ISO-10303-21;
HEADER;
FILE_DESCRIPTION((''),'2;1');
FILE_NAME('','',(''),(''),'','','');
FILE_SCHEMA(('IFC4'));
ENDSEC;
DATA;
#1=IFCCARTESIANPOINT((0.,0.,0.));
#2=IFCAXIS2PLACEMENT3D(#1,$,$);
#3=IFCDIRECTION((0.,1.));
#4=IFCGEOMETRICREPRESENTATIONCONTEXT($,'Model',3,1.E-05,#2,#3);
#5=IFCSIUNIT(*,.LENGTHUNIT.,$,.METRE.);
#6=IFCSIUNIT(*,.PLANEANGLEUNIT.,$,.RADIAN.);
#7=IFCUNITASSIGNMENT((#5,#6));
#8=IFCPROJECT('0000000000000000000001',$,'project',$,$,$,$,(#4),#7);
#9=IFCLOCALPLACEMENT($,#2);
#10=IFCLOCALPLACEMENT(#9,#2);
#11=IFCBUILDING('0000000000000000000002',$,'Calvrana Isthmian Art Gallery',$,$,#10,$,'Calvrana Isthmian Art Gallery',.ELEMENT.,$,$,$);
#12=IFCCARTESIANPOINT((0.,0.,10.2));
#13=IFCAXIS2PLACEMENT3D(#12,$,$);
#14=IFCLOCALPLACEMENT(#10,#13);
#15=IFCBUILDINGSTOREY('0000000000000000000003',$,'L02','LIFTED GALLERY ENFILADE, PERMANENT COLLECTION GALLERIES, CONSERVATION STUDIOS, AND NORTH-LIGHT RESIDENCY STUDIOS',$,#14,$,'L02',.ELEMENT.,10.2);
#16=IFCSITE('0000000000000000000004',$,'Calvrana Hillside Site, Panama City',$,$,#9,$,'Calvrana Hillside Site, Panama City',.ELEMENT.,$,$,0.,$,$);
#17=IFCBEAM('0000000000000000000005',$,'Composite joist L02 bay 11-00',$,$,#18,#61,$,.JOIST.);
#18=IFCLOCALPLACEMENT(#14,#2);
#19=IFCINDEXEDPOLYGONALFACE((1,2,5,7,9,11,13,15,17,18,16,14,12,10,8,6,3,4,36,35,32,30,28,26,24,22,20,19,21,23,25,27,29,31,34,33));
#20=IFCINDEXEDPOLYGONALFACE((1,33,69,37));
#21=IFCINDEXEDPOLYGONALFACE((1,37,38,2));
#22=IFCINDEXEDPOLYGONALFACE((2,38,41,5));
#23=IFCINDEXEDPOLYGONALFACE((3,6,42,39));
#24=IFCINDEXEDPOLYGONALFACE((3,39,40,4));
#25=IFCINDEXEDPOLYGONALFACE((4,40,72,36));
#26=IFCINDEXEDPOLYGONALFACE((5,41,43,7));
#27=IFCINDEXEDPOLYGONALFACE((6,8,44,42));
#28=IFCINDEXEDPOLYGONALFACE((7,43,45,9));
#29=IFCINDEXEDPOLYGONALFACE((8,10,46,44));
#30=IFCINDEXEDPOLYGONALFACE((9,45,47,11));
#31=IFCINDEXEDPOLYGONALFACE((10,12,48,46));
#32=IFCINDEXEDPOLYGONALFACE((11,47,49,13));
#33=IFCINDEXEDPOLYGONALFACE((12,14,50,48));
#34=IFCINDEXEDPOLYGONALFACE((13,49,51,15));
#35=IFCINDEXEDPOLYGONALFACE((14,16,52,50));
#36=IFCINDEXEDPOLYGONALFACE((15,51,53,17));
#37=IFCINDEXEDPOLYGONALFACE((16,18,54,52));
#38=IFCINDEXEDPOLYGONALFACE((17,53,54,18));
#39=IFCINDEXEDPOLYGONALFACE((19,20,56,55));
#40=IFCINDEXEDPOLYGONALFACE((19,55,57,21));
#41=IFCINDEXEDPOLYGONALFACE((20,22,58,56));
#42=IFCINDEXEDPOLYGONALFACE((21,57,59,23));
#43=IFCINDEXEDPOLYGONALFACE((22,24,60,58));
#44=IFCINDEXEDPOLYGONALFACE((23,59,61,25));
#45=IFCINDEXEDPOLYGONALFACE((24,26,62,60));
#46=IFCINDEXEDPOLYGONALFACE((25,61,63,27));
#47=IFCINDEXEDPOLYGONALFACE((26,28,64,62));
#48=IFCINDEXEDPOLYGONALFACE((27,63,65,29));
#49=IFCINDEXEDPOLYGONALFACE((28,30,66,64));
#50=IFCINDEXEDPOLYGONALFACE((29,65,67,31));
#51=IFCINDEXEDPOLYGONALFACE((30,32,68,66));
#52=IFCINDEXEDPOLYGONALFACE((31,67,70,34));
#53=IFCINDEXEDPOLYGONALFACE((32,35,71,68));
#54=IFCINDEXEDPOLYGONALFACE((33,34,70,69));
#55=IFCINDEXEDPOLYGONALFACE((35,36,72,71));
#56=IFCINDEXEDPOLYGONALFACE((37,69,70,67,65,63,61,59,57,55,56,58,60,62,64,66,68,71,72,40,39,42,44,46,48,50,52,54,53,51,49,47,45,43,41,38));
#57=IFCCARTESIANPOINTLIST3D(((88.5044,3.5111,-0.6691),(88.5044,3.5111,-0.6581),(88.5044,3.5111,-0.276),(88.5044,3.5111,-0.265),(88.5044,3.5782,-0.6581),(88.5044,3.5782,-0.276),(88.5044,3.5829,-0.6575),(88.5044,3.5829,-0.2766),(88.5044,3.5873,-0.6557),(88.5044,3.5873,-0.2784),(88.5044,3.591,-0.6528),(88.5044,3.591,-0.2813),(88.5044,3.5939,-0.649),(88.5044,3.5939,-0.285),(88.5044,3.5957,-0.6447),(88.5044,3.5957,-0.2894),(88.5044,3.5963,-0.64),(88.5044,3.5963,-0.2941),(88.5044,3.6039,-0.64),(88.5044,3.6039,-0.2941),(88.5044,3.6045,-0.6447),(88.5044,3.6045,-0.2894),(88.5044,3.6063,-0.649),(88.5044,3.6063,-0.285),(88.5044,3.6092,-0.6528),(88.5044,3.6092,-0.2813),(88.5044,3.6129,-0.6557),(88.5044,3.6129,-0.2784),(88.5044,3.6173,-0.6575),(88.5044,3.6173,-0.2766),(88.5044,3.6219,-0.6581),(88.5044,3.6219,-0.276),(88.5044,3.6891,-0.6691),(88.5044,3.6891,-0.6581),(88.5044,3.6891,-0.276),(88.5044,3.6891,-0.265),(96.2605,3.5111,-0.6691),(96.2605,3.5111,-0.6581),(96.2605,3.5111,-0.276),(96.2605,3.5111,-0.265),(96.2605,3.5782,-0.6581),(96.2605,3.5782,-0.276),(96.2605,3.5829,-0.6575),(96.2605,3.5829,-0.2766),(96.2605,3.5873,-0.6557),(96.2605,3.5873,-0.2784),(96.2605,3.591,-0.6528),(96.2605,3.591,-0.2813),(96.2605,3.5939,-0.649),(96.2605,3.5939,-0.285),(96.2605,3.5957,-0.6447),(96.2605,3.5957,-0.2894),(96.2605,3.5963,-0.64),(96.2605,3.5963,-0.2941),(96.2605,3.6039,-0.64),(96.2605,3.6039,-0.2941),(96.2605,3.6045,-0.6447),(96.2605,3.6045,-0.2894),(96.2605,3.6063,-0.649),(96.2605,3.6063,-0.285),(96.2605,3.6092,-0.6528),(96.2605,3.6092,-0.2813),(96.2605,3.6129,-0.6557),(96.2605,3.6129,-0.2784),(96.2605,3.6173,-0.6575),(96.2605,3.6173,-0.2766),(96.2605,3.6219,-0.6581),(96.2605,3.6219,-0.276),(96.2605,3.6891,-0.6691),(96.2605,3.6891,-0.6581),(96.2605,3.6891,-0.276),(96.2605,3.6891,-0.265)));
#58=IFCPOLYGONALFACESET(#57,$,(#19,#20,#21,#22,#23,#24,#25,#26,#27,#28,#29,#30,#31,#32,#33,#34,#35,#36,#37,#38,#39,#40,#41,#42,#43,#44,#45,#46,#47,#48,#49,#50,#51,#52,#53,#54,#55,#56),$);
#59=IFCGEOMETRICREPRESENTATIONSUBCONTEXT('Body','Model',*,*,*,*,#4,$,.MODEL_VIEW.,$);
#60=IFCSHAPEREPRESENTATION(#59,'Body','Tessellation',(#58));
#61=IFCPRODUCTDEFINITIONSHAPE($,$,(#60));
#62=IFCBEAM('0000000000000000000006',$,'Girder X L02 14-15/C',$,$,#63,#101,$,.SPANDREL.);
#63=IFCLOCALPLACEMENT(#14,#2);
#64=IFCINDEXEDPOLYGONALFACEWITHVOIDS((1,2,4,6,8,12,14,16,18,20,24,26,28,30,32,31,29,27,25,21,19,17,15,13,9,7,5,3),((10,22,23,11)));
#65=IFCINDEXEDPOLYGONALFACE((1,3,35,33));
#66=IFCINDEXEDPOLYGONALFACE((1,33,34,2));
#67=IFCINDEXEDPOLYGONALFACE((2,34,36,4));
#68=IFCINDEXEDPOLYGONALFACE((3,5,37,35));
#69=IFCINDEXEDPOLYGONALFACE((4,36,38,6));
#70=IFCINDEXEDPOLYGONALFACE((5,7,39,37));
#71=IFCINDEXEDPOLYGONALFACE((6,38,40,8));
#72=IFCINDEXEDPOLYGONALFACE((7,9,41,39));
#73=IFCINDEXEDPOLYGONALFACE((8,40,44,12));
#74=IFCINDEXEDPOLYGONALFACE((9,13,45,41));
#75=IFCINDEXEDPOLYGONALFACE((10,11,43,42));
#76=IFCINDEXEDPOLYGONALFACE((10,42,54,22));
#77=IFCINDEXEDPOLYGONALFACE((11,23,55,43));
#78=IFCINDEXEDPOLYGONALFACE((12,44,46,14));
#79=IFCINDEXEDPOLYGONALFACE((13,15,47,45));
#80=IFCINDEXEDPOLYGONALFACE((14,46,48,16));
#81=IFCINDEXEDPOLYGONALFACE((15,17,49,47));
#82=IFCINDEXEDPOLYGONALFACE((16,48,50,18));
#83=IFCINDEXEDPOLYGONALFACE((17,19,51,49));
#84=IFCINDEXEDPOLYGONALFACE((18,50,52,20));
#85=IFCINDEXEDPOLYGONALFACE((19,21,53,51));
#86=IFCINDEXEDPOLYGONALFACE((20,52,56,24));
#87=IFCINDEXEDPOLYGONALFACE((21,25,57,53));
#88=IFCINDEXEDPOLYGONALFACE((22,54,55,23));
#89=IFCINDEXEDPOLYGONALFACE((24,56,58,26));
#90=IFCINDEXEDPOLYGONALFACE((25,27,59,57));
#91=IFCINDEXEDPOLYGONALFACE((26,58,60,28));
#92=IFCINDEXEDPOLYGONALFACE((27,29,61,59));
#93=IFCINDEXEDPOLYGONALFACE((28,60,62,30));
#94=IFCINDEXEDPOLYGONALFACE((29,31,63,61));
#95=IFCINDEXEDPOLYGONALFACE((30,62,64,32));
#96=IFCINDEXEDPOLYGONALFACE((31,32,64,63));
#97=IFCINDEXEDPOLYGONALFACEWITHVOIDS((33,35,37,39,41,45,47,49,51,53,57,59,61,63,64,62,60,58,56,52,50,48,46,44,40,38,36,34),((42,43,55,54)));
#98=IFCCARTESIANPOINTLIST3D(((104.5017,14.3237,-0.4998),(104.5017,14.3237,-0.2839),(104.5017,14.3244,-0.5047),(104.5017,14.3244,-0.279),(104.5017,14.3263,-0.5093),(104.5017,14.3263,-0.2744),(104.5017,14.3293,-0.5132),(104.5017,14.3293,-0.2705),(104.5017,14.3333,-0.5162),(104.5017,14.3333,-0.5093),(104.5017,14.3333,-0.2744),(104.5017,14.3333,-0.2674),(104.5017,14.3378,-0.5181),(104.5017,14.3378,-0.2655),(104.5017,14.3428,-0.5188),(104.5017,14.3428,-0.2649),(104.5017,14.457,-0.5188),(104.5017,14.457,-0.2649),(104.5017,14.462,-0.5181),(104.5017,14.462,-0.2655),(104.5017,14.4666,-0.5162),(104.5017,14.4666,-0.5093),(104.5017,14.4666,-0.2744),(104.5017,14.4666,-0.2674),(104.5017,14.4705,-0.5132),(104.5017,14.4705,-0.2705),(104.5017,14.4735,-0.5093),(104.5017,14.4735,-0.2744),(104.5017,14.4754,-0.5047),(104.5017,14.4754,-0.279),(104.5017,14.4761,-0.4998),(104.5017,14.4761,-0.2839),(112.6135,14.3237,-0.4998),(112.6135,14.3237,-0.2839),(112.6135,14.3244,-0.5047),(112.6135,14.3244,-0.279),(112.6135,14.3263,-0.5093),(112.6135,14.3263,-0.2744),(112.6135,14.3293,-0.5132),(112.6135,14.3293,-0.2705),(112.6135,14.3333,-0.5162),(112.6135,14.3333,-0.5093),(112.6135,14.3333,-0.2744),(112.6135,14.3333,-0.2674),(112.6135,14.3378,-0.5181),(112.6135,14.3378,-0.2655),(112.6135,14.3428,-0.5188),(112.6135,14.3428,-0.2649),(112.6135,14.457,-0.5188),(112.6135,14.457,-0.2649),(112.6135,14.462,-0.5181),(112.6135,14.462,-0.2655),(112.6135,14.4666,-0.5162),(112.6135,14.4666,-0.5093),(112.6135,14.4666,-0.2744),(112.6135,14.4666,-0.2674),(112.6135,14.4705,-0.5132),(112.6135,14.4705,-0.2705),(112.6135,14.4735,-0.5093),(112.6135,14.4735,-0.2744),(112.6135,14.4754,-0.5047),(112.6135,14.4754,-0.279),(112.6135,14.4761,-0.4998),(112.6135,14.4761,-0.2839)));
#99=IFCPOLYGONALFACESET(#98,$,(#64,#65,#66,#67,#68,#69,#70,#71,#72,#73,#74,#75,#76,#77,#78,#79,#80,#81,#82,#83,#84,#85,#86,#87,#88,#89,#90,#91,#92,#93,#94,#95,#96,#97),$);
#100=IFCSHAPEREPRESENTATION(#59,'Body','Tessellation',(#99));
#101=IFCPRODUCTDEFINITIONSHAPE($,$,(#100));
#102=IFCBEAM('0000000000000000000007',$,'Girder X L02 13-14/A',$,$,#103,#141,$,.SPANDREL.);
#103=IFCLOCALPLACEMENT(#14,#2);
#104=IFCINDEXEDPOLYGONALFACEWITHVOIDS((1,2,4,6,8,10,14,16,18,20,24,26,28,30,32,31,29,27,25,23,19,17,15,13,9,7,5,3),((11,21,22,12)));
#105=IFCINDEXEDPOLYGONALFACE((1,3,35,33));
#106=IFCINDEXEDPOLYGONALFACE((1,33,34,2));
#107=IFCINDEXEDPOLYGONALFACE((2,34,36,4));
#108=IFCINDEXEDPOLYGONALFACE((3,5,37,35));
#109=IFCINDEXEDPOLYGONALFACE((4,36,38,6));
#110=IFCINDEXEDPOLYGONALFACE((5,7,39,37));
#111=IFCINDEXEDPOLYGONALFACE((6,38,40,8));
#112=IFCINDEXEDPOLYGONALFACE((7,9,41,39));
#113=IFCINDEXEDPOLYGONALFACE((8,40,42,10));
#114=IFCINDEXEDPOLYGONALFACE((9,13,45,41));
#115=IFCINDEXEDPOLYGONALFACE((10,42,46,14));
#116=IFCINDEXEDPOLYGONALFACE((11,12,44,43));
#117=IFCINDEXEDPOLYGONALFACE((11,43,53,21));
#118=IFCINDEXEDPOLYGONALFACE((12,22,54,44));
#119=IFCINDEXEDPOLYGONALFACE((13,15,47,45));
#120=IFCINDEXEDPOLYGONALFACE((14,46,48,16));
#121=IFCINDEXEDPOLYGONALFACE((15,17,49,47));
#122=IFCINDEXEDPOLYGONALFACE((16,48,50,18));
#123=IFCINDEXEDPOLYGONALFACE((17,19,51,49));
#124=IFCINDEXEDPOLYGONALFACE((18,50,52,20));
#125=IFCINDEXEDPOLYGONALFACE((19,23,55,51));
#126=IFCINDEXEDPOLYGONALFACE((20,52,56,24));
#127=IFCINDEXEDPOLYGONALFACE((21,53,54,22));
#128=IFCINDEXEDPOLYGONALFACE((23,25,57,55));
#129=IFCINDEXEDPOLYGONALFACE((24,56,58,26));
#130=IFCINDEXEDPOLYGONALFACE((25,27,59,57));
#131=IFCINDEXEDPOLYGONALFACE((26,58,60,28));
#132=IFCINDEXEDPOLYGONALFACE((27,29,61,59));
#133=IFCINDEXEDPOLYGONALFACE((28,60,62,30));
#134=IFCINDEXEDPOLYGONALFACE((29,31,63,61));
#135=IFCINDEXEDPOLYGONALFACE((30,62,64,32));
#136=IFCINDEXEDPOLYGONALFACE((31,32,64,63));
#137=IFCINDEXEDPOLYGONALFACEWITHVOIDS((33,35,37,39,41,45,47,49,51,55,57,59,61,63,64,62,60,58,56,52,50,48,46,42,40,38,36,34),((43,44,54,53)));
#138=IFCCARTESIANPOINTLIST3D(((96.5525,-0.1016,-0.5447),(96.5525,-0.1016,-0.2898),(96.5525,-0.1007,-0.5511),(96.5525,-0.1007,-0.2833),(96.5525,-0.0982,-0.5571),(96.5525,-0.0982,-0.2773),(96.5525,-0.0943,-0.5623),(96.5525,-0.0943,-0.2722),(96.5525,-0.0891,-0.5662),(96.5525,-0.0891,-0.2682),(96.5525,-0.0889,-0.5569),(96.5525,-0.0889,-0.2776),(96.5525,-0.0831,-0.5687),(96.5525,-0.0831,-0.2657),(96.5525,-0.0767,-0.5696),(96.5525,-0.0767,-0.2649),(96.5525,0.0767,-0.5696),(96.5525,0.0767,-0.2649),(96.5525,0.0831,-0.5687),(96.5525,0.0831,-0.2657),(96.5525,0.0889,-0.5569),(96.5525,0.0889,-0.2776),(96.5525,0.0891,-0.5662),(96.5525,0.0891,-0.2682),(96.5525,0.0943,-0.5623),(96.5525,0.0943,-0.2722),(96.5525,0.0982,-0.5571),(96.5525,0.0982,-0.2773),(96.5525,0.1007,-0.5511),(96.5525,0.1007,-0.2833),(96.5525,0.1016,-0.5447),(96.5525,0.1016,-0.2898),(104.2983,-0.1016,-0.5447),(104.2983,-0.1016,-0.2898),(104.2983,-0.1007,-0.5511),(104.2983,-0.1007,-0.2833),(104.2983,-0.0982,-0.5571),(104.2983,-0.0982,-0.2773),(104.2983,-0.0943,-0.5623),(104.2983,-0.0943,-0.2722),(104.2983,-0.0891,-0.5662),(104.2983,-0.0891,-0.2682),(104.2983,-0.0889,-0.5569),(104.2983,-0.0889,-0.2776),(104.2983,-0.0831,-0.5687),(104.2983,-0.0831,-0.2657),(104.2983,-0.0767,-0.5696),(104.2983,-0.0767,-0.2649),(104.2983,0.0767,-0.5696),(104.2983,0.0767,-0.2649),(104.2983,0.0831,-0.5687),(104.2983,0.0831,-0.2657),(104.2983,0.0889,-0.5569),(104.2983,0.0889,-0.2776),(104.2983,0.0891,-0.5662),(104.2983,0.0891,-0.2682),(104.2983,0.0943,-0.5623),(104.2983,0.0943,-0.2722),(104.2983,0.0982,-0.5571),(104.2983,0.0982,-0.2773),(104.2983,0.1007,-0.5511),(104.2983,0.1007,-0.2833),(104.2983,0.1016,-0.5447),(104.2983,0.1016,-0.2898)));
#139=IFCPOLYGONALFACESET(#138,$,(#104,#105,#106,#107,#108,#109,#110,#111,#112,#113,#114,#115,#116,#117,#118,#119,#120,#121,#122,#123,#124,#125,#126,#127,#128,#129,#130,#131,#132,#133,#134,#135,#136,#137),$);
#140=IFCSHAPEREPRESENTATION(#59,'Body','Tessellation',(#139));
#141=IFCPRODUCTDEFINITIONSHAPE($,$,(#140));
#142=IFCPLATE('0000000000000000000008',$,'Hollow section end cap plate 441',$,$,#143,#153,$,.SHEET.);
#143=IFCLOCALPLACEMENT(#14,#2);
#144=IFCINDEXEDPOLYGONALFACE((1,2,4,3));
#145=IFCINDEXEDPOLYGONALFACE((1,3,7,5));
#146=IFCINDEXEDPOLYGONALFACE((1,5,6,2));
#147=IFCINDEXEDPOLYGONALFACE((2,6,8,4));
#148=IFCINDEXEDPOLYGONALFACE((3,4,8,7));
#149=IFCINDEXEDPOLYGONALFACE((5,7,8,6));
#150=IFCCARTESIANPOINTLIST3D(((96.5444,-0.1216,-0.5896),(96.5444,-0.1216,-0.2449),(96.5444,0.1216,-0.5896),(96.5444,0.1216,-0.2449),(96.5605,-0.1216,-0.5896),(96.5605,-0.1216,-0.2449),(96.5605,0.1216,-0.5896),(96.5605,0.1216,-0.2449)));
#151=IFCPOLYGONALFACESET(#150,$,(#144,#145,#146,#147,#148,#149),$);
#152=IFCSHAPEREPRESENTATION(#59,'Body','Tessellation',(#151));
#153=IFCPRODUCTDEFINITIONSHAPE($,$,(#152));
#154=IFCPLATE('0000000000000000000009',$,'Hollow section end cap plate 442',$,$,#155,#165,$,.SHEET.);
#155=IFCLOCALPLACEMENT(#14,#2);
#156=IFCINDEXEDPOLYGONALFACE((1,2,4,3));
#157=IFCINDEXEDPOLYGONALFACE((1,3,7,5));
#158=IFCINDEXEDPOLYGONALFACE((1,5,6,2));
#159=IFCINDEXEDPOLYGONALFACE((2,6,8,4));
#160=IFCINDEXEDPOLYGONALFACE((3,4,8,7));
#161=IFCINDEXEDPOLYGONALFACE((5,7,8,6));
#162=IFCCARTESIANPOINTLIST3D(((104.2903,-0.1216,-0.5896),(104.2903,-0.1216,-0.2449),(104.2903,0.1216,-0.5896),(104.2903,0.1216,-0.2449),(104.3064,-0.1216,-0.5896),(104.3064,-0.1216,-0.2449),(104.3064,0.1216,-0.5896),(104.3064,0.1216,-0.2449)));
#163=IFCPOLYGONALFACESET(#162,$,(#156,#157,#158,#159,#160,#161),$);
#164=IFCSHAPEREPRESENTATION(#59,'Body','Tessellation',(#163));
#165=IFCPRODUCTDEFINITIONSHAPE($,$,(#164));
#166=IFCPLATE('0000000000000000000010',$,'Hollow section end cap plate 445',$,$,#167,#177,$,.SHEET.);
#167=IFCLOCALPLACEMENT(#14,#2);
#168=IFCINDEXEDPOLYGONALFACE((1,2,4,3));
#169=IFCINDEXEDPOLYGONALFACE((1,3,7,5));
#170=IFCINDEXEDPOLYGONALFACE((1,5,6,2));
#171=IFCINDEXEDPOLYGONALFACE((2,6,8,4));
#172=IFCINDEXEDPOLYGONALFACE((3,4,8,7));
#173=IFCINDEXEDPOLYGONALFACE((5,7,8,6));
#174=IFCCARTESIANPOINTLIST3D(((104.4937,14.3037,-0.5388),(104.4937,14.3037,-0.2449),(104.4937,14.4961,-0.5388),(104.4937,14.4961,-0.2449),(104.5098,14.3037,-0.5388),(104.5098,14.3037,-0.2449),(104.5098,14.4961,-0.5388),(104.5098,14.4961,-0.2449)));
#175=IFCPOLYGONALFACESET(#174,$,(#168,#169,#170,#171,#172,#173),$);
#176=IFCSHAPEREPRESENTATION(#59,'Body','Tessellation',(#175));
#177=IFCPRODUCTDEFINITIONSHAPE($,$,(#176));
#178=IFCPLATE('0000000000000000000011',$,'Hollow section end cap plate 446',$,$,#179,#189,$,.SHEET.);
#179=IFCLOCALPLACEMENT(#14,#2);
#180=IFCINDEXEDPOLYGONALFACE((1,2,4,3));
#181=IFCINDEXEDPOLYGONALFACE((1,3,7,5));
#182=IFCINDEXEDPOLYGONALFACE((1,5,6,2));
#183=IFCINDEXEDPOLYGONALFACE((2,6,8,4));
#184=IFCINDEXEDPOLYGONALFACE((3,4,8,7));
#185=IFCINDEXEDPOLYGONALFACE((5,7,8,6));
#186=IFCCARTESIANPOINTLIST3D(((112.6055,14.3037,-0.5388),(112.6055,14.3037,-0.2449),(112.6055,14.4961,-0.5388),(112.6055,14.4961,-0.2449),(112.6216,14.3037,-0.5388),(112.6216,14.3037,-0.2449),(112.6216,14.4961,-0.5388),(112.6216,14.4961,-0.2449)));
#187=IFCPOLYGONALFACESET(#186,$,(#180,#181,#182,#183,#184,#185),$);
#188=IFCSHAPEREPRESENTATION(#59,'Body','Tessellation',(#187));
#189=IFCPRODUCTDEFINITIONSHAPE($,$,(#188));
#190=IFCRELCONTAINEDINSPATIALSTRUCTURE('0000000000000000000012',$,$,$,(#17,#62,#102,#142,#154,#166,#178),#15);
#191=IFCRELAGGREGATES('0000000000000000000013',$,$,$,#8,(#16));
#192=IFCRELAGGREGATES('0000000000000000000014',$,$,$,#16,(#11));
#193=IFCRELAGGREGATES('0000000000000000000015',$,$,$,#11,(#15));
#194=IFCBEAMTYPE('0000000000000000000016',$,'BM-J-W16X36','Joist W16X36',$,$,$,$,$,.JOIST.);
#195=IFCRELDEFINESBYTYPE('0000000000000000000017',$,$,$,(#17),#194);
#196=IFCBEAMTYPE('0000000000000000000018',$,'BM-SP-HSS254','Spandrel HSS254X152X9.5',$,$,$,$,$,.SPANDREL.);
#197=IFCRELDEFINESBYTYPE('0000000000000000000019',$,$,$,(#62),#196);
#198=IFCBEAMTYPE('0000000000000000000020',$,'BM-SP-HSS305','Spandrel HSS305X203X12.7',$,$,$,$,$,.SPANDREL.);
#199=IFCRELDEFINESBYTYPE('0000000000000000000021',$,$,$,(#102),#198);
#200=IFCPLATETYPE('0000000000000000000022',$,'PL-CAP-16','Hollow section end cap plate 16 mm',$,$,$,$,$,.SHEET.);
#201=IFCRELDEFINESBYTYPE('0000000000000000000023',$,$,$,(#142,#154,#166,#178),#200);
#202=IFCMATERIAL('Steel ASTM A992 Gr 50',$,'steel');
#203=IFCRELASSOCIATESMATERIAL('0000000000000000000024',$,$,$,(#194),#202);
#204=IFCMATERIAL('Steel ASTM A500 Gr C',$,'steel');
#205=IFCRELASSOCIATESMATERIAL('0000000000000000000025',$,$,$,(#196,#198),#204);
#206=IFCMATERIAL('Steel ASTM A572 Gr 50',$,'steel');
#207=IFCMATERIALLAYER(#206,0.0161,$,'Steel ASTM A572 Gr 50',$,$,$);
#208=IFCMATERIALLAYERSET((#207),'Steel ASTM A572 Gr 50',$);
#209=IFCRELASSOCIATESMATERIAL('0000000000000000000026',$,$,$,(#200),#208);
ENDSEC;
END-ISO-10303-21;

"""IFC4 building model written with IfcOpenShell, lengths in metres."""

from ifc_helpers import new_model, si_unit, direction, frame, origin, origin_2d, place, context, subcontext, project, spatial, rectangle, hollow_rectangle, i_section, extrude, material, layer, layer_set, material_profile, profile_set, type_object, element, save


model = new_model("IFC4")

# Units and contexts
model_context = context("Model", 3, precision=1e-05, world=origin(), true_north=direction((0.0, 1.0)))
body_context = subcontext(model_context, "Body", "Model", "MODEL_VIEW")
ifc_project = project(units=[si_unit("LENGTHUNIT", "METRE"), si_unit("PLANEANGLEUNIT", "RADIAN")], contexts=[model_context])

# Site, building, storey
site_placement = place(None, origin())
site = spatial("IfcSite", under=ifc_project, at=site_placement, Name="Calvrana Hillside Site, Panama City", LongName="Calvrana Hillside Site, Panama City", CompositionType="ELEMENT", RefElevation=0.0)
building_placement = place(site_placement, origin())
building = spatial("IfcBuilding", under=site, at=building_placement, Name="Calvrana Isthmian Art Gallery", LongName="Calvrana Isthmian Art Gallery", CompositionType="ELEMENT")
storey_placement = place(building_placement, frame((0.0, 0.0, 10.2)))
storey = spatial("IfcBuildingStorey", under=building, at=storey_placement, Name="L02", Description="LIFTED GALLERY ENFILADE, PERMANENT COLLECTION GALLERIES, CONSERVATION STUDIOS, AND NORTH-LIGHT RESIDENCY STUDIOS", LongName="L02", CompositionType="ELEMENT", Elevation=10.2)

# Beams
ifc_material_1 = material(Name="Steel ASTM A992 Gr 50", Category="steel")
ifc_material_profile_1 = material_profile(ifc_material_1, i_section(OverallWidth=0.178, OverallDepth=0.4041, WebThickness=0.0076, FlangeThickness=0.011, FilletRadius=0.0181, at=origin_2d()), Name="W16X36")
ifc_profile_set_1 = profile_set([ifc_material_profile_1], Name="Steel ASTM A992 Gr 50")
beam_type_1 = type_object("IfcBeamType", Name="BM-J-W16X36", Description="Joist W16X36", PredefinedType="JOIST", material=ifc_profile_set_1)
beam_1_placement = place(storey_placement, frame((88.5044, 3.6001, -0.467), z_axis=(1.0, 0.0, 0.0), x_axis=(0.0, 1.0, 0.0)))
element("IfcBeam", 1, at=beam_1_placement, inside=storey, type_object=beam_type_1, Name="Composite joist L02 bay 11-00", PredefinedType="JOIST", context=body_context, shape_type="SweptSolid", body=[
    extrude(i_section(OverallWidth=0.178, OverallDepth=0.4041, WebThickness=0.0076, FlangeThickness=0.011, FilletRadius=0.0181, at=origin_2d()), origin(), (0.0, 0.0, 1.0), 7.7561),
])
ifc_material_2 = material(Name="Steel ASTM A500 Gr C", Category="steel")
ifc_material_profile_2 = material_profile(ifc_material_2, hollow_rectangle(XDim=0.1523, YDim=0.2539, WallThickness=0.0095, OuterFilletRadius=0.019, at=origin_2d()), Name="HSS254X152X9.5")
ifc_profile_set_2 = profile_set([ifc_material_profile_2], Name="Steel ASTM A500 Gr C")
beam_type_2 = type_object("IfcBeamType", Name="BM-SP-HSS254", Description="Spandrel HSS254X152X9.5", PredefinedType="SPANDREL", material=ifc_profile_set_2)
beam_2_placement = place(storey_placement, frame((104.5017, 14.3999, -0.3918), z_axis=(1.0, 0.0, 0.0), x_axis=(0.0, 1.0, 0.0)))
element("IfcBeam", 2, at=beam_2_placement, inside=storey, type_object=beam_type_2, Name="Girder X L02 14-15/C", PredefinedType="SPANDREL", context=body_context, shape_type="SweptSolid", body=[
    extrude(hollow_rectangle(XDim=0.1523, YDim=0.2539, WallThickness=0.0095, OuterFilletRadius=0.019, at=origin_2d()), origin(), (0.0, 0.0, 1.0), 8.1118),
])
ifc_material_profile_3 = material_profile(ifc_material_2, hollow_rectangle(XDim=0.2031, YDim=0.3047, WallThickness=0.0127, OuterFilletRadius=0.0249, at=origin_2d()), Name="HSS305X203X12.7")
ifc_profile_set_3 = profile_set([ifc_material_profile_3], Name="Steel ASTM A500 Gr C")
beam_type_3 = type_object("IfcBeamType", Name="BM-SP-HSS305", Description="Spandrel HSS305X203X12.7", PredefinedType="SPANDREL", material=ifc_profile_set_3)
beam_3_placement = place(storey_placement, frame((96.5525, 0.0, -0.4172), z_axis=(1.0, 0.0, 0.0), x_axis=(0.0, 1.0, 0.0)))
element("IfcBeam", 3, at=beam_3_placement, inside=storey, type_object=beam_type_3, Name="Girder X L02 13-14/A", PredefinedType="SPANDREL", context=body_context, shape_type="SweptSolid", body=[
    extrude(hollow_rectangle(XDim=0.2031, YDim=0.3047, WallThickness=0.0127, OuterFilletRadius=0.0249, at=origin_2d()), origin(), (0.0, 0.0, 1.0), 7.7458),
])

# Plates
ifc_material_3 = material(Name="Steel ASTM A572 Gr 50", Category="steel")
ifc_layer = layer(ifc_material_3, 0.0161, Name="Steel ASTM A572 Gr 50")
ifc_layer_set = layer_set([ifc_layer], Name="Steel ASTM A572 Gr 50")
plate_type = type_object("IfcPlateType", Name="PL-CAP-16", Description="Hollow section end cap plate 16 mm", PredefinedType="SHEET", material=ifc_layer_set)
for number, where, z_axis, x_axis, name in (
    (4, (96.5525, 0.0, -0.5896), (0.0, 0.0, 1.0), (1.0, 0.0, 0.0), "Hollow section end cap plate 441"),
    (5, (104.2983, 0.0, -0.5896), (0.0, 0.0, 1.0), (1.0, 0.0, 0.0), "Hollow section end cap plate 442"),
):
    element("IfcPlate", number, at=place(storey_placement, frame(where, z_axis=z_axis, x_axis=x_axis)), inside=storey, type_object=plate_type, Name=name, PredefinedType="SHEET", context=body_context, shape_type="SweptSolid", body=[
        extrude(rectangle(XDim=0.0161, YDim=0.2432, at=origin_2d()), origin(), (0.0, 0.0, 1.0), 0.3447),
    ])
for number, where, z_axis, x_axis, name in (
    (6, (104.5017, 14.3999, -0.5388), (0.0, 0.0, 1.0), (1.0, 0.0, 0.0), "Hollow section end cap plate 445"),
    (7, (112.6135, 14.3999, -0.5388), (0.0, 0.0, 1.0), (1.0, 0.0, 0.0), "Hollow section end cap plate 446"),
):
    element("IfcPlate", number, at=place(storey_placement, frame(where, z_axis=z_axis, x_axis=x_axis)), inside=storey, type_object=plate_type, Name=name, PredefinedType="SHEET", context=body_context, shape_type="SweptSolid", body=[
        extrude(rectangle(XDim=0.0161, YDim=0.1924, at=origin_2d()), origin(), (0.0, 0.0, 1.0), 0.2939),
    ])

save(model, "model.ifc")
